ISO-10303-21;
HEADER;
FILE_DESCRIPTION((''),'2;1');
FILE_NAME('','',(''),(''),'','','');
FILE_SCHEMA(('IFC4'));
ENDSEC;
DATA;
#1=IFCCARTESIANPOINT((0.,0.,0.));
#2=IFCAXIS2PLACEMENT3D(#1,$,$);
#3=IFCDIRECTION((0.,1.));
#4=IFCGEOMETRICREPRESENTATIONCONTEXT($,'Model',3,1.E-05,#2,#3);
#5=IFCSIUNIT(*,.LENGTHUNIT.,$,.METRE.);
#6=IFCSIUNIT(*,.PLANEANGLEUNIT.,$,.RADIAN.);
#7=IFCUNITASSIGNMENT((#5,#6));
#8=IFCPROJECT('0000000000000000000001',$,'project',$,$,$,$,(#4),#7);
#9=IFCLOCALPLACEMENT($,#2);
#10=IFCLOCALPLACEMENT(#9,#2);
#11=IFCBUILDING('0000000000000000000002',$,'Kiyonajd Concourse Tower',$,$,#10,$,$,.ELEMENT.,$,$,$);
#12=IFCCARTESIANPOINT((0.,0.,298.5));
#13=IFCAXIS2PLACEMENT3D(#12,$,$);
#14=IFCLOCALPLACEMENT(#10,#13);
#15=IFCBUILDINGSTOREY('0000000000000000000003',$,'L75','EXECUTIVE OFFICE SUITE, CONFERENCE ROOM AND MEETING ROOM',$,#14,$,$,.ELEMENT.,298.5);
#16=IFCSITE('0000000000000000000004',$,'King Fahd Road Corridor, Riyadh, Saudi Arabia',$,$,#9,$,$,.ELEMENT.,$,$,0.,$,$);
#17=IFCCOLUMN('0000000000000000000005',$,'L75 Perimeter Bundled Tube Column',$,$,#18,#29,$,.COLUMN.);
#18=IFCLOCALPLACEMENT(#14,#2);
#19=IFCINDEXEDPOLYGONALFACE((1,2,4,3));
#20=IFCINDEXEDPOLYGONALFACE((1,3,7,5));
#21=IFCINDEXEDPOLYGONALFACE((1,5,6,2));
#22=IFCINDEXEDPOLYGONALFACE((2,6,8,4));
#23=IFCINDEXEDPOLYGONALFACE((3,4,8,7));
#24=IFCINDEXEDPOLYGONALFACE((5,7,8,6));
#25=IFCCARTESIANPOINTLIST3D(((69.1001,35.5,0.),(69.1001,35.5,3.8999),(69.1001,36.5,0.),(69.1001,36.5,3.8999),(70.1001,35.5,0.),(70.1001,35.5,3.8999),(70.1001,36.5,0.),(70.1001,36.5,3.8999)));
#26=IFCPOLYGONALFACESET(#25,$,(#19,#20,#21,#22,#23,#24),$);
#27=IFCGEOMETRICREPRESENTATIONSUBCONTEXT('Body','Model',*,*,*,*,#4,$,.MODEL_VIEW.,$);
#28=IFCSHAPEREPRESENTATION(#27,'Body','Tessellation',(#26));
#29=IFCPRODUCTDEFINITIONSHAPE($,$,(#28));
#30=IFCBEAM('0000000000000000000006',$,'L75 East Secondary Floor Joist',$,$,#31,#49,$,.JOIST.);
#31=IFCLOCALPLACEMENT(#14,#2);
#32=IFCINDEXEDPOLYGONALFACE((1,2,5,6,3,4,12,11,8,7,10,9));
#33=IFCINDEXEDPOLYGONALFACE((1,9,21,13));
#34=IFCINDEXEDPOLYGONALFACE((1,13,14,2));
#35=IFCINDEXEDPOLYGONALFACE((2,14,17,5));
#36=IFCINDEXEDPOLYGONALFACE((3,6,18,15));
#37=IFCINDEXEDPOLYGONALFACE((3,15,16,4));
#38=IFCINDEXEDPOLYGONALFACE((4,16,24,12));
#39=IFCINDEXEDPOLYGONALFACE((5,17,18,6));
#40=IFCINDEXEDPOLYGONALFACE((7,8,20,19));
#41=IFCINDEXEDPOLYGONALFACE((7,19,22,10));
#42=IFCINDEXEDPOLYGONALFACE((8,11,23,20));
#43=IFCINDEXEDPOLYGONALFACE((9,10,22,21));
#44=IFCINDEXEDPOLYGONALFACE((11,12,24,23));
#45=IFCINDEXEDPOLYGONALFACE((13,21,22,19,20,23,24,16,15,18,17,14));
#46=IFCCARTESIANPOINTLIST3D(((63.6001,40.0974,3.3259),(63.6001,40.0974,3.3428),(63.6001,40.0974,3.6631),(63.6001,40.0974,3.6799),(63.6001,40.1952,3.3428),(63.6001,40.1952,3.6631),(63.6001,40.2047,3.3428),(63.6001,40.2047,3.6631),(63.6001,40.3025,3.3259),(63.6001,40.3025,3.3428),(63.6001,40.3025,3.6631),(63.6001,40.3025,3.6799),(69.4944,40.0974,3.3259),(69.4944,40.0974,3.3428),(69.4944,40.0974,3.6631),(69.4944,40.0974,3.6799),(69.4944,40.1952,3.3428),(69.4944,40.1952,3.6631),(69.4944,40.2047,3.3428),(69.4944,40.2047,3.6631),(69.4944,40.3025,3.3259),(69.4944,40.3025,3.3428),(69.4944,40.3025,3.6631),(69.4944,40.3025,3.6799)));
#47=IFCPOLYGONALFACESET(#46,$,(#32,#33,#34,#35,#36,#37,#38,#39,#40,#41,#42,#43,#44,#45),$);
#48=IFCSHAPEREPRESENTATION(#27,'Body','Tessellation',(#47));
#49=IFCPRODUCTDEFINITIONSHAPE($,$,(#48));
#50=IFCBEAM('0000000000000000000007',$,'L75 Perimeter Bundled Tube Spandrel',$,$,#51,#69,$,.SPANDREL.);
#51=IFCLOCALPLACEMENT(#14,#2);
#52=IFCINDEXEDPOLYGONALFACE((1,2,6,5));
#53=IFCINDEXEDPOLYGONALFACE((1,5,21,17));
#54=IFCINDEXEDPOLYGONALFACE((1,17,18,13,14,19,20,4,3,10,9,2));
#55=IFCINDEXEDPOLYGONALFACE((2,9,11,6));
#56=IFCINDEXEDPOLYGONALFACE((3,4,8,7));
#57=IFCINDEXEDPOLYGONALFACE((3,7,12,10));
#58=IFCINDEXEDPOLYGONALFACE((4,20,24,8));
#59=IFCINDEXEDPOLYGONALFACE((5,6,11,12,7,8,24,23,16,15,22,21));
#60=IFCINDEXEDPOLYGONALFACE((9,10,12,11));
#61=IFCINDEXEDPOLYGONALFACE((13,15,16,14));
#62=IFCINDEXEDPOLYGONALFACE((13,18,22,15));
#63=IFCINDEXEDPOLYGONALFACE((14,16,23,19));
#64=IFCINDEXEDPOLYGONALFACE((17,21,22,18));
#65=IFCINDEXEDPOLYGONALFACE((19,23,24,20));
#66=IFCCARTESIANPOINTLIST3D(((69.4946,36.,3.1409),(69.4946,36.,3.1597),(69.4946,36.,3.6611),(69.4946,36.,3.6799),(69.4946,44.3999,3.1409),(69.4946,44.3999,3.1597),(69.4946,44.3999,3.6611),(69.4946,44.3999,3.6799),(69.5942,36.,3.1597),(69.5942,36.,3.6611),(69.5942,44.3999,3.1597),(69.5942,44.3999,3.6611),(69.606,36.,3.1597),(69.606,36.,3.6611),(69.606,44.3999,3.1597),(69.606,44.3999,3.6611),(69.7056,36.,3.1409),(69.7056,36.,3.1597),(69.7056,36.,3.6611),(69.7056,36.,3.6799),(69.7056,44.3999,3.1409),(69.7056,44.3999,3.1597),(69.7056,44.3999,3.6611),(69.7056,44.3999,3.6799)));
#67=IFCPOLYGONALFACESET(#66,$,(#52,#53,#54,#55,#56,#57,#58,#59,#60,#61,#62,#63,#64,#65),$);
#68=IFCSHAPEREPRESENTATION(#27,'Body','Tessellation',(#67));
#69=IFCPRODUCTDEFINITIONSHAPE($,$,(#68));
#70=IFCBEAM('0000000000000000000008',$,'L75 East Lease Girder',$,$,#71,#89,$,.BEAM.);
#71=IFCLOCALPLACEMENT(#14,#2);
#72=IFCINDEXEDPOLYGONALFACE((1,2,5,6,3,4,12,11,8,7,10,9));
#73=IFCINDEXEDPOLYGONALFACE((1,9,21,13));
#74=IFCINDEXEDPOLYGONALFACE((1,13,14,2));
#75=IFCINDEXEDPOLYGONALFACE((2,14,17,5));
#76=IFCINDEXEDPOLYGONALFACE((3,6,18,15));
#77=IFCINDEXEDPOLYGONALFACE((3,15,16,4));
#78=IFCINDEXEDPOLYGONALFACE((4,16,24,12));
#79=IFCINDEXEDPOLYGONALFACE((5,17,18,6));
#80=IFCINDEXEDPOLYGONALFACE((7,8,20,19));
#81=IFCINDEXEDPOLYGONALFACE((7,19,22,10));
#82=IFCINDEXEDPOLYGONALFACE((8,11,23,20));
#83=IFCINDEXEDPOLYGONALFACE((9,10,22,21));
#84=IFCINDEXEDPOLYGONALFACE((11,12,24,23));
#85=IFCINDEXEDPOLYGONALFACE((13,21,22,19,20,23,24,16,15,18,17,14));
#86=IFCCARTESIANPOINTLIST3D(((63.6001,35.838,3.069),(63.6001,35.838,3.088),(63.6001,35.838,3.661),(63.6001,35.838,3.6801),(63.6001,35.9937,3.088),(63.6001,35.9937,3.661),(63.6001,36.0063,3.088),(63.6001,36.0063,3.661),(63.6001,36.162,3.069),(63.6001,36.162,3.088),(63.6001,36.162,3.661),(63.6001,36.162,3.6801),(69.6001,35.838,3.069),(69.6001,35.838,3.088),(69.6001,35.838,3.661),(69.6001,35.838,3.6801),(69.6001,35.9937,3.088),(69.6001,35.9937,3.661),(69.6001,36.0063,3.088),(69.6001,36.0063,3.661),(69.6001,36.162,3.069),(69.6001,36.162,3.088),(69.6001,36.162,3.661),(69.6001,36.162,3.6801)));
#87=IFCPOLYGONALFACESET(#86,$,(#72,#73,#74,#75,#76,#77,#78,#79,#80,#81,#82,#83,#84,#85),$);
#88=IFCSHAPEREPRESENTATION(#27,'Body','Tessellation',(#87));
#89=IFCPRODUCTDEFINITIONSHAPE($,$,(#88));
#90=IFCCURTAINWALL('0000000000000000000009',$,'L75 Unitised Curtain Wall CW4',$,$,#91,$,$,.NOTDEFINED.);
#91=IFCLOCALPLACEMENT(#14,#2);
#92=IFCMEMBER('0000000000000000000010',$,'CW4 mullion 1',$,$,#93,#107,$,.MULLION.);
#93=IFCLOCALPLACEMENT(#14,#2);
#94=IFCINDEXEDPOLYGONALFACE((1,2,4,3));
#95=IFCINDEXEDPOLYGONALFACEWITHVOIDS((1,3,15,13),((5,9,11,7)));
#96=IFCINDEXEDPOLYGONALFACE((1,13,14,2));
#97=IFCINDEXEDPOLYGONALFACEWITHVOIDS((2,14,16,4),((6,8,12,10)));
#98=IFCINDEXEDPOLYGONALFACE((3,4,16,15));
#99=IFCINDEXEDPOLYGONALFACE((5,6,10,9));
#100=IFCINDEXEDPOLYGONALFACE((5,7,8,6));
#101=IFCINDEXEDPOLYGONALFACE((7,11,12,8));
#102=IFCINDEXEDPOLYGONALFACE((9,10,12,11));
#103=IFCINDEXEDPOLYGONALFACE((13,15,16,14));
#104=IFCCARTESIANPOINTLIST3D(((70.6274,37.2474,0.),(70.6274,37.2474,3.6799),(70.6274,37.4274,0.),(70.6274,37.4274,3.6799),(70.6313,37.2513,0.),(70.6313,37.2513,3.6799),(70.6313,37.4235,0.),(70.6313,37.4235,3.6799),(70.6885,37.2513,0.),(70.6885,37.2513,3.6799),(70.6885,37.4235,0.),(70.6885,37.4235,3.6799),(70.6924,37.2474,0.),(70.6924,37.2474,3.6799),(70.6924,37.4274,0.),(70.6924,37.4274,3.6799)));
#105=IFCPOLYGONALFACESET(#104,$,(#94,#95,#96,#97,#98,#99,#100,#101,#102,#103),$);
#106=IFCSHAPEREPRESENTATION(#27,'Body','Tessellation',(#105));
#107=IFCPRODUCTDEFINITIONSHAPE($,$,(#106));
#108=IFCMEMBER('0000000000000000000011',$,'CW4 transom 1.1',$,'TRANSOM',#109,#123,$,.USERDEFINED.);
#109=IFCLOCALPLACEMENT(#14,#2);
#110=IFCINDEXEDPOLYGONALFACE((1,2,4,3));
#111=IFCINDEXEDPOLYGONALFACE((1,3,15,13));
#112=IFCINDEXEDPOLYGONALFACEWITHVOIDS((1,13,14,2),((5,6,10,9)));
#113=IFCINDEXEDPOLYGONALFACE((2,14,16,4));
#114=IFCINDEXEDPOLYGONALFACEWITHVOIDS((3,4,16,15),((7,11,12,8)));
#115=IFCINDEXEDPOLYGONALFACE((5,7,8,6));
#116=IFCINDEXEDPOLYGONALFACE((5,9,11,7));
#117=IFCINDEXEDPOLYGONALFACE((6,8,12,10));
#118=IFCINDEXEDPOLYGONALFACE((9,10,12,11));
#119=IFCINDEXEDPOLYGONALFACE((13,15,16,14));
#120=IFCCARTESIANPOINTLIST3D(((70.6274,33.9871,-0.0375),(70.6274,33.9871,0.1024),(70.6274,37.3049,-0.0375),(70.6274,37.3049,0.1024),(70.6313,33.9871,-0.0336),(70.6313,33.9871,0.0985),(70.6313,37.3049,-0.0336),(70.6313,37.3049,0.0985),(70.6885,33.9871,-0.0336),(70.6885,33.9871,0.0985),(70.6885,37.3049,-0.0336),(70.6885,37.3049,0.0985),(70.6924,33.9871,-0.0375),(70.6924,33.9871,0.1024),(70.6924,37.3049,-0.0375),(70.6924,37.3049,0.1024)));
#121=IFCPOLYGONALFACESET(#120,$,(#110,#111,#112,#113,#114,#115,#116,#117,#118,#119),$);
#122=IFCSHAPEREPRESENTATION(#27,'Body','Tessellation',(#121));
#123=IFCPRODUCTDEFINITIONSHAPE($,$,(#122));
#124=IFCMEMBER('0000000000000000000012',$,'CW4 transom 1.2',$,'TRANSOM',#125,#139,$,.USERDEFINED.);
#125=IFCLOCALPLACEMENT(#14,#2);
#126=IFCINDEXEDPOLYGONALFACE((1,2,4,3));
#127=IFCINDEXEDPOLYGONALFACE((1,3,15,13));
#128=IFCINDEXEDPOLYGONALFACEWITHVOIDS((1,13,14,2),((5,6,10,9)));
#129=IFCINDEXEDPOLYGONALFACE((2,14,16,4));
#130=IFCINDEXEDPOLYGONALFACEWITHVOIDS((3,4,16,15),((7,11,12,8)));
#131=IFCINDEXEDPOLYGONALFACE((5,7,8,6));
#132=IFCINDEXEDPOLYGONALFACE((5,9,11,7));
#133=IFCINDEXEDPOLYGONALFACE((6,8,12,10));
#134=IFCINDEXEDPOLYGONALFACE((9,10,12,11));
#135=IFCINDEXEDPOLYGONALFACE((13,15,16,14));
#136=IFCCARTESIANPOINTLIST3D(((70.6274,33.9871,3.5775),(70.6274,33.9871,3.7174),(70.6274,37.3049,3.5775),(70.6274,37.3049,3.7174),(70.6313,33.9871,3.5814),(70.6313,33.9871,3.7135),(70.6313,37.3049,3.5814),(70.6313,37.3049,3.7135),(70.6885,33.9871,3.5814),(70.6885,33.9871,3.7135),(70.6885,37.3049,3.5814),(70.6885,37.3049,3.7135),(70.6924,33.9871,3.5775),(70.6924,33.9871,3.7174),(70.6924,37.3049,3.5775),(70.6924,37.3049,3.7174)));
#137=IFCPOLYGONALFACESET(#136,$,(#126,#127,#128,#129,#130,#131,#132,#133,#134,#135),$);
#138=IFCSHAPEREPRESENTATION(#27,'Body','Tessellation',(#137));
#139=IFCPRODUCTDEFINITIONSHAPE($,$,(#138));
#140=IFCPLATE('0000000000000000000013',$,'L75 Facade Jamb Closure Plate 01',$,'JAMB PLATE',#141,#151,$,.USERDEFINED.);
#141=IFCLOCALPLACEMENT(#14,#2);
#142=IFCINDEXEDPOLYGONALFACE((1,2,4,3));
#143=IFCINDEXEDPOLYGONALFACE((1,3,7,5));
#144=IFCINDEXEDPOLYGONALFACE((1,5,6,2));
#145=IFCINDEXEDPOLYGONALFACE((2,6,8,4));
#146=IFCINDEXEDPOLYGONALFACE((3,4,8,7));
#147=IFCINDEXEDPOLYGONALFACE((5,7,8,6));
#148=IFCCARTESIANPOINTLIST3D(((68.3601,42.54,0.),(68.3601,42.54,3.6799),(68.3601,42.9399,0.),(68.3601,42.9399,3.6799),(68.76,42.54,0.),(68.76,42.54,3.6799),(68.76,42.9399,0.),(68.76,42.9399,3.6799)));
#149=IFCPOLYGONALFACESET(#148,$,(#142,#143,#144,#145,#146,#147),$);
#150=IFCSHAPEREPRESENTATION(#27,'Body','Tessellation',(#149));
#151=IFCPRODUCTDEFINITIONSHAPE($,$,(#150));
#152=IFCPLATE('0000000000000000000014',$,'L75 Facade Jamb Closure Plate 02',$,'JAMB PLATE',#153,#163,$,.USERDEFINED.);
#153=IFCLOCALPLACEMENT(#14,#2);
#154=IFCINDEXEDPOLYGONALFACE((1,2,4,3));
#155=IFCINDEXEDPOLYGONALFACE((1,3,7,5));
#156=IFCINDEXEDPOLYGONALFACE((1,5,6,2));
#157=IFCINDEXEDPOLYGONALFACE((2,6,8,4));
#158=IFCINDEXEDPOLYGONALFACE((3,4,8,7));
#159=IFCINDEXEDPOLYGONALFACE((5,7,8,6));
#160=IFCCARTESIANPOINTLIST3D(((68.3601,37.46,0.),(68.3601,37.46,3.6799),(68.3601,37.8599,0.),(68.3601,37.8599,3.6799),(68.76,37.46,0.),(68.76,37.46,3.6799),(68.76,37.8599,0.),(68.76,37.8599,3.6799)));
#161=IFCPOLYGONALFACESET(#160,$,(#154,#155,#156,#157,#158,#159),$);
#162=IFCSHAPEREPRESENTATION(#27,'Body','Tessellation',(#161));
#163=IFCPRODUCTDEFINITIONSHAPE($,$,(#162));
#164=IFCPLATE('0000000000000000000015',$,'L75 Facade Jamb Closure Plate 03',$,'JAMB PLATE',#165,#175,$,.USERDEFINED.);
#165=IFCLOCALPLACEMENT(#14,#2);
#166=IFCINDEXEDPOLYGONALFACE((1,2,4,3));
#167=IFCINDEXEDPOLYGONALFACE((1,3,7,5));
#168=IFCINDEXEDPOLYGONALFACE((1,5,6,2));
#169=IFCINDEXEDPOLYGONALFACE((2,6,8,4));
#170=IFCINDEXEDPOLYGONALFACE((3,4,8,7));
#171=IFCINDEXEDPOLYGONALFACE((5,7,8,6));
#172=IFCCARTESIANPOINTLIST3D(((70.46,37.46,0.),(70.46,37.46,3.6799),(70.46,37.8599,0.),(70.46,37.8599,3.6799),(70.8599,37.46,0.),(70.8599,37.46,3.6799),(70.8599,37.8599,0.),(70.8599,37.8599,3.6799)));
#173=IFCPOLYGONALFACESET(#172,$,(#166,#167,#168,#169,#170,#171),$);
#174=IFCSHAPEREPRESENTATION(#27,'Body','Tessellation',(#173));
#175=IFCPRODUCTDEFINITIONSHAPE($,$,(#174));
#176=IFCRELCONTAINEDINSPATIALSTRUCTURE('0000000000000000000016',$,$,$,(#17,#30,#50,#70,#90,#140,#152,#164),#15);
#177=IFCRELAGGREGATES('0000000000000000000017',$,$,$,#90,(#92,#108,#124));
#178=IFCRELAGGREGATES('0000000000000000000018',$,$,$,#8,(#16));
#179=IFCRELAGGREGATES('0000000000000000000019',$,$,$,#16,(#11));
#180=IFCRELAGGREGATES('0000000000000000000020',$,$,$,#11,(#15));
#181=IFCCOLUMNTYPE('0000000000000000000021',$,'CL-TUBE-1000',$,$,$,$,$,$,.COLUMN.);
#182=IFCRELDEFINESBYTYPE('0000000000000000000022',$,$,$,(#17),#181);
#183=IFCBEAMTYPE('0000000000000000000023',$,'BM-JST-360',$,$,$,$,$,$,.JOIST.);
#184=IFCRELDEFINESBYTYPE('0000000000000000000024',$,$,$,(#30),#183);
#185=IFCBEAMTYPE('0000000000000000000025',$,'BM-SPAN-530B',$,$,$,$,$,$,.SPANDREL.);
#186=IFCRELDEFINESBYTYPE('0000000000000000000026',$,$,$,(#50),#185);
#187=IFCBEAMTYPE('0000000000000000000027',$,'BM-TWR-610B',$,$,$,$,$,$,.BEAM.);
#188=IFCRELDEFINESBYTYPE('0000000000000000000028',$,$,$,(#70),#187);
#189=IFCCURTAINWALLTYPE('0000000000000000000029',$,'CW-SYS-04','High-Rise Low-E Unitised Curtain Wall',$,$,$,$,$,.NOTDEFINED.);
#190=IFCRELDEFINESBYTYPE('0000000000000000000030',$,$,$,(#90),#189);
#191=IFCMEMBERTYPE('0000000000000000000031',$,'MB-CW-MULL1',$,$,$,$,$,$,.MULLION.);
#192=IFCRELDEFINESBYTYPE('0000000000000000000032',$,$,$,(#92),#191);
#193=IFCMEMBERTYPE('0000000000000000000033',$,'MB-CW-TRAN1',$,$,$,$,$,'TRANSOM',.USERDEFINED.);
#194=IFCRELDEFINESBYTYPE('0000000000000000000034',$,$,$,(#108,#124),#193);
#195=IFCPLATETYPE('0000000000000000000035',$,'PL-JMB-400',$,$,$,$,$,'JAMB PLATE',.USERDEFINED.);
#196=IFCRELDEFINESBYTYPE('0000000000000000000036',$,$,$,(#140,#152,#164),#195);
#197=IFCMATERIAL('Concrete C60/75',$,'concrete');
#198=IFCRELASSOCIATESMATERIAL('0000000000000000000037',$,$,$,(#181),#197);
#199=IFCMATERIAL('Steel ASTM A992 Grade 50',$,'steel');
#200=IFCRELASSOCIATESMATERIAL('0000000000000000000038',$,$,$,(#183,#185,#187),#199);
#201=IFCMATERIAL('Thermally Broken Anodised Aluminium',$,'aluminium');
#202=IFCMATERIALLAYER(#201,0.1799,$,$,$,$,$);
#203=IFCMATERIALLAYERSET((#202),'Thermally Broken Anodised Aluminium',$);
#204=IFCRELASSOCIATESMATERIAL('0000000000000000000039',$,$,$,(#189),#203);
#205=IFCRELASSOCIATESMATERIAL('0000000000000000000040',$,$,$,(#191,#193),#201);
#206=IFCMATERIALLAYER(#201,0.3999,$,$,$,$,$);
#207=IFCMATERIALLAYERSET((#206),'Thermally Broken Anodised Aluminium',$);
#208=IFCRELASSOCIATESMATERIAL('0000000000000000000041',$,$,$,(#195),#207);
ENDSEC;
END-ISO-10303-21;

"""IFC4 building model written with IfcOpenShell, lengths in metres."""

from ifc_helpers import new_model, si_unit, direction, frame, origin, origin_2d, place, context, subcontext, project, spatial, rectangle, hollow_rectangle, i_section, extrude, material, layer, layer_set, material_profile, profile_set, type_object, element, aggregate, save


model = new_model("IFC4")

# Units and contexts
model_context = context("Model", 3, precision=1e-05, world=origin(), true_north=direction((0.0, 1.0)))
body_context = subcontext(model_context, "Body", "Model", "MODEL_VIEW")
ifc_project = project(units=[si_unit("LENGTHUNIT", "METRE"), si_unit("PLANEANGLEUNIT", "RADIAN")], contexts=[model_context])

# Site, building, storey
site_placement = place(None, origin())
site = spatial("IfcSite", under=ifc_project, at=site_placement, Name="King Fahd Road Corridor, Riyadh, Saudi Arabia", CompositionType="ELEMENT", RefElevation=0.0)
building_placement = place(site_placement, origin())
building = spatial("IfcBuilding", under=site, at=building_placement, Name="Kiyonajd Concourse Tower", CompositionType="ELEMENT")
storey_placement = place(building_placement, frame((0.0, 0.0, 298.5)))
storey = spatial("IfcBuildingStorey", under=building, at=storey_placement, Name="L75", Description="EXECUTIVE OFFICE SUITE, CONFERENCE ROOM AND MEETING ROOM", CompositionType="ELEMENT", Elevation=298.5)

# Column
ifc_material_1 = material(Name="Concrete C60/75", Category="concrete")
ifc_material_profile_1 = material_profile(ifc_material_1, rectangle(XDim=1.0, YDim=1.0, at=origin_2d()), Name="RC-1000x1000")
ifc_profile_set_1 = profile_set([ifc_material_profile_1], Name="Concrete C60/75")
column_type = type_object("IfcColumnType", Name="CL-TUBE-1000", PredefinedType="COLUMN", material=ifc_profile_set_1)
column_placement = place(storey_placement, frame((69.6001, 36.0, 0.0), z_axis=(0.0, 0.0, 1.0), x_axis=(1.0, 0.0, 0.0)))
element("IfcColumn", 1, at=column_placement, inside=storey, type_object=column_type, Name="L75 Perimeter Bundled Tube Column", PredefinedType="COLUMN", context=body_context, shape_type="SweptSolid", body=[
    extrude(rectangle(XDim=1.0, YDim=1.0, at=origin_2d()), origin(), (0.0, 0.0, 1.0), 3.8999),
])

# Beams
ifc_material_2 = material(Name="Steel ASTM A992 Grade 50", Category="steel")
ifc_material_profile_2 = material_profile(ifc_material_2, i_section(OverallWidth=0.2051, OverallDepth=0.354, WebThickness=0.0095, FlangeThickness=0.0168, at=origin_2d()), Name="W360X79")
ifc_profile_set_2 = profile_set([ifc_material_profile_2], Name="Steel ASTM A992 Grade 50")
beam_type_1 = type_object("IfcBeamType", Name="BM-JST-360", PredefinedType="JOIST", material=ifc_profile_set_2)
beam_1_placement = place(storey_placement, frame((63.6001, 40.2, 3.5029), z_axis=(1.0, 0.0, 0.0), x_axis=(0.0, 1.0, 0.0)))
element("IfcBeam", 2, at=beam_1_placement, inside=storey, type_object=beam_type_1, Name="L75 East Secondary Floor Joist", PredefinedType="JOIST", context=body_context, shape_type="SweptSolid", body=[
    extrude(i_section(OverallWidth=0.2051, OverallDepth=0.354, WebThickness=0.0095, FlangeThickness=0.0168, at=origin_2d()), origin(), (0.0, 0.0, 1.0), 5.8943),
])
ifc_material_profile_3 = material_profile(ifc_material_2, i_section(OverallWidth=0.2109, OverallDepth=0.5391, WebThickness=0.0117, FlangeThickness=0.0188, at=origin_2d()), Name="W530X109")
ifc_profile_set_3 = profile_set([ifc_material_profile_3], Name="Steel ASTM A992 Grade 50")
beam_type_2 = type_object("IfcBeamType", Name="BM-SPAN-530B", PredefinedType="SPANDREL", material=ifc_profile_set_3)
beam_2_placement = place(storey_placement, frame((69.6001, 36.0, 3.4104), z_axis=(0.0, 1.0, 0.0), x_axis=(-1.0, 0.0, 0.0)))
element("IfcBeam", 3, at=beam_2_placement, inside=storey, type_object=beam_type_2, Name="L75 Perimeter Bundled Tube Spandrel", PredefinedType="SPANDREL", context=body_context, shape_type="SweptSolid", body=[
    extrude(i_section(OverallWidth=0.2109, OverallDepth=0.5391, WebThickness=0.0117, FlangeThickness=0.0188, at=origin_2d()), origin(), (0.0, 0.0, 1.0), 8.3999),
])
ifc_material_profile_4 = material_profile(ifc_material_2, i_section(OverallWidth=0.324, OverallDepth=0.6111, WebThickness=0.0127, FlangeThickness=0.019, at=origin_2d()), Name="W610X155")
ifc_profile_set_4 = profile_set([ifc_material_profile_4], Name="Steel ASTM A992 Grade 50")
beam_type_3 = type_object("IfcBeamType", Name="BM-TWR-610B", PredefinedType="BEAM", material=ifc_profile_set_4)
beam_3_placement = place(storey_placement, frame((63.6001, 36.0, 3.3745), z_axis=(1.0, 0.0, 0.0), x_axis=(0.0, 1.0, 0.0)))
element("IfcBeam", 4, at=beam_3_placement, inside=storey, type_object=beam_type_3, Name="L75 East Lease Girder", PredefinedType="BEAM", context=body_context, shape_type="SweptSolid", body=[
    extrude(i_section(OverallWidth=0.324, OverallDepth=0.6111, WebThickness=0.0127, FlangeThickness=0.019, at=origin_2d()), origin(), (0.0, 0.0, 1.0), 6.0),
])

# Curtain wall, members
ifc_material_3 = material(Name="Thermally Broken Anodised Aluminium", Category="aluminium")
ifc_layer_1 = layer(ifc_material_3, 0.1799)
ifc_layer_set_1 = layer_set([ifc_layer_1], Name="Thermally Broken Anodised Aluminium")
curtain_wall_type = type_object("IfcCurtainWallType", Name="CW-SYS-04", Description="High-Rise Low-E Unitised Curtain Wall", PredefinedType="NOTDEFINED", material=ifc_layer_set_1)
curtain_wall_placement = place(storey_placement, origin())
curtain_wall = element("IfcCurtainWall", 5, at=curtain_wall_placement, inside=storey, type_object=curtain_wall_type, Name="L75 Unitised Curtain Wall CW4", PredefinedType="NOTDEFINED")
ifc_material_profile_5 = material_profile(ifc_material_3, hollow_rectangle(XDim=0.0649, YDim=0.1799, WallThickness=0.0039, at=origin_2d()), Name="MULL-65x180")
ifc_profile_set_5 = profile_set([ifc_material_profile_5], Name="Thermally Broken Anodised Aluminium")
member_type_1 = type_object("IfcMemberType", Name="MB-CW-MULL1", PredefinedType="MULLION", material=ifc_profile_set_5)
member_1_placement = place(storey_placement, frame((70.6599, 37.3374, 0.0), z_axis=(0.0, 0.0, 1.0), x_axis=(1.0, 0.0, 0.0)))
member_1 = element("IfcMember", 6, at=member_1_placement, type_object=member_type_1, Name="CW4 mullion 1", PredefinedType="MULLION", context=body_context, shape_type="SweptSolid", body=[
    extrude(hollow_rectangle(XDim=0.0649, YDim=0.1799, WallThickness=0.0039, at=origin_2d()), origin(), (0.0, 0.0, 1.0), 3.6799),
])
ifc_material_profile_6 = material_profile(ifc_material_3, hollow_rectangle(XDim=0.0649, YDim=0.1399, WallThickness=0.0039, at=origin_2d()), Name="TRAN-65x140")
ifc_profile_set_6 = profile_set([ifc_material_profile_6], Name="Thermally Broken Anodised Aluminium")
member_type_2 = type_object("IfcMemberType", Name="MB-CW-TRAN1", ElementType="TRANSOM", PredefinedType="USERDEFINED", material=ifc_profile_set_6)
member_2_placement = place(storey_placement, frame((70.6599, 37.3049, 0.0325), z_axis=(0.0, -1.0, 0.0), x_axis=(1.0, 0.0, 0.0)))
member_2 = element("IfcMember", 7, at=member_2_placement, type_object=member_type_2, Name="CW4 transom 1.1", ObjectType="TRANSOM", PredefinedType="USERDEFINED", context=body_context, shape_type="SweptSolid", body=[
    extrude(hollow_rectangle(XDim=0.0649, YDim=0.1399, WallThickness=0.0039, at=origin_2d()), origin(), (0.0, 0.0, 1.0), 3.3179),
])
member_3_placement = place(storey_placement, frame((70.6599, 37.3049, 3.6475), z_axis=(0.0, -1.0, 0.0), x_axis=(1.0, 0.0, 0.0)))
member_3 = element("IfcMember", 8, at=member_3_placement, type_object=member_type_2, Name="CW4 transom 1.2", ObjectType="TRANSOM", PredefinedType="USERDEFINED", context=body_context, shape_type="SweptSolid", body=[
    extrude(hollow_rectangle(XDim=0.0649, YDim=0.1399, WallThickness=0.0039, at=origin_2d()), origin(), (0.0, 0.0, 1.0), 3.3179),
])
aggregate(curtain_wall, [member_1, member_2, member_3])

# Plates
ifc_layer_2 = layer(ifc_material_3, 0.3999)
ifc_layer_set_2 = layer_set([ifc_layer_2], Name="Thermally Broken Anodised Aluminium")
plate_type = type_object("IfcPlateType", Name="PL-JMB-400", ElementType="JAMB PLATE", PredefinedType="USERDEFINED", material=ifc_layer_set_2)
for number, where, z_axis, x_axis, name in (
    (9, (68.5601, 42.74, 0.0), (0.0, 0.0, 1.0), (1.0, 0.0, 0.0), "L75 Facade Jamb Closure Plate 01"),
    (10, (68.5601, 37.6599, 0.0), (0.0, 0.0, 1.0), (1.0, 0.0, 0.0), "L75 Facade Jamb Closure Plate 02"),
    (11, (70.6599, 37.6599, 0.0), (0.0, 0.0, 1.0), (1.0, 0.0, 0.0), "L75 Facade Jamb Closure Plate 03"),
):
    element("IfcPlate", number, at=place(storey_placement, frame(where, z_axis=z_axis, x_axis=x_axis)), inside=storey, type_object=plate_type, Name=name, ObjectType="JAMB PLATE", PredefinedType="USERDEFINED", context=body_context, shape_type="SweptSolid", body=[
        extrude(rectangle(XDim=0.3999, YDim=0.3999, at=origin_2d()), origin(), (0.0, 0.0, 1.0), 3.6799),
    ])

save(model, "model.ifc")
